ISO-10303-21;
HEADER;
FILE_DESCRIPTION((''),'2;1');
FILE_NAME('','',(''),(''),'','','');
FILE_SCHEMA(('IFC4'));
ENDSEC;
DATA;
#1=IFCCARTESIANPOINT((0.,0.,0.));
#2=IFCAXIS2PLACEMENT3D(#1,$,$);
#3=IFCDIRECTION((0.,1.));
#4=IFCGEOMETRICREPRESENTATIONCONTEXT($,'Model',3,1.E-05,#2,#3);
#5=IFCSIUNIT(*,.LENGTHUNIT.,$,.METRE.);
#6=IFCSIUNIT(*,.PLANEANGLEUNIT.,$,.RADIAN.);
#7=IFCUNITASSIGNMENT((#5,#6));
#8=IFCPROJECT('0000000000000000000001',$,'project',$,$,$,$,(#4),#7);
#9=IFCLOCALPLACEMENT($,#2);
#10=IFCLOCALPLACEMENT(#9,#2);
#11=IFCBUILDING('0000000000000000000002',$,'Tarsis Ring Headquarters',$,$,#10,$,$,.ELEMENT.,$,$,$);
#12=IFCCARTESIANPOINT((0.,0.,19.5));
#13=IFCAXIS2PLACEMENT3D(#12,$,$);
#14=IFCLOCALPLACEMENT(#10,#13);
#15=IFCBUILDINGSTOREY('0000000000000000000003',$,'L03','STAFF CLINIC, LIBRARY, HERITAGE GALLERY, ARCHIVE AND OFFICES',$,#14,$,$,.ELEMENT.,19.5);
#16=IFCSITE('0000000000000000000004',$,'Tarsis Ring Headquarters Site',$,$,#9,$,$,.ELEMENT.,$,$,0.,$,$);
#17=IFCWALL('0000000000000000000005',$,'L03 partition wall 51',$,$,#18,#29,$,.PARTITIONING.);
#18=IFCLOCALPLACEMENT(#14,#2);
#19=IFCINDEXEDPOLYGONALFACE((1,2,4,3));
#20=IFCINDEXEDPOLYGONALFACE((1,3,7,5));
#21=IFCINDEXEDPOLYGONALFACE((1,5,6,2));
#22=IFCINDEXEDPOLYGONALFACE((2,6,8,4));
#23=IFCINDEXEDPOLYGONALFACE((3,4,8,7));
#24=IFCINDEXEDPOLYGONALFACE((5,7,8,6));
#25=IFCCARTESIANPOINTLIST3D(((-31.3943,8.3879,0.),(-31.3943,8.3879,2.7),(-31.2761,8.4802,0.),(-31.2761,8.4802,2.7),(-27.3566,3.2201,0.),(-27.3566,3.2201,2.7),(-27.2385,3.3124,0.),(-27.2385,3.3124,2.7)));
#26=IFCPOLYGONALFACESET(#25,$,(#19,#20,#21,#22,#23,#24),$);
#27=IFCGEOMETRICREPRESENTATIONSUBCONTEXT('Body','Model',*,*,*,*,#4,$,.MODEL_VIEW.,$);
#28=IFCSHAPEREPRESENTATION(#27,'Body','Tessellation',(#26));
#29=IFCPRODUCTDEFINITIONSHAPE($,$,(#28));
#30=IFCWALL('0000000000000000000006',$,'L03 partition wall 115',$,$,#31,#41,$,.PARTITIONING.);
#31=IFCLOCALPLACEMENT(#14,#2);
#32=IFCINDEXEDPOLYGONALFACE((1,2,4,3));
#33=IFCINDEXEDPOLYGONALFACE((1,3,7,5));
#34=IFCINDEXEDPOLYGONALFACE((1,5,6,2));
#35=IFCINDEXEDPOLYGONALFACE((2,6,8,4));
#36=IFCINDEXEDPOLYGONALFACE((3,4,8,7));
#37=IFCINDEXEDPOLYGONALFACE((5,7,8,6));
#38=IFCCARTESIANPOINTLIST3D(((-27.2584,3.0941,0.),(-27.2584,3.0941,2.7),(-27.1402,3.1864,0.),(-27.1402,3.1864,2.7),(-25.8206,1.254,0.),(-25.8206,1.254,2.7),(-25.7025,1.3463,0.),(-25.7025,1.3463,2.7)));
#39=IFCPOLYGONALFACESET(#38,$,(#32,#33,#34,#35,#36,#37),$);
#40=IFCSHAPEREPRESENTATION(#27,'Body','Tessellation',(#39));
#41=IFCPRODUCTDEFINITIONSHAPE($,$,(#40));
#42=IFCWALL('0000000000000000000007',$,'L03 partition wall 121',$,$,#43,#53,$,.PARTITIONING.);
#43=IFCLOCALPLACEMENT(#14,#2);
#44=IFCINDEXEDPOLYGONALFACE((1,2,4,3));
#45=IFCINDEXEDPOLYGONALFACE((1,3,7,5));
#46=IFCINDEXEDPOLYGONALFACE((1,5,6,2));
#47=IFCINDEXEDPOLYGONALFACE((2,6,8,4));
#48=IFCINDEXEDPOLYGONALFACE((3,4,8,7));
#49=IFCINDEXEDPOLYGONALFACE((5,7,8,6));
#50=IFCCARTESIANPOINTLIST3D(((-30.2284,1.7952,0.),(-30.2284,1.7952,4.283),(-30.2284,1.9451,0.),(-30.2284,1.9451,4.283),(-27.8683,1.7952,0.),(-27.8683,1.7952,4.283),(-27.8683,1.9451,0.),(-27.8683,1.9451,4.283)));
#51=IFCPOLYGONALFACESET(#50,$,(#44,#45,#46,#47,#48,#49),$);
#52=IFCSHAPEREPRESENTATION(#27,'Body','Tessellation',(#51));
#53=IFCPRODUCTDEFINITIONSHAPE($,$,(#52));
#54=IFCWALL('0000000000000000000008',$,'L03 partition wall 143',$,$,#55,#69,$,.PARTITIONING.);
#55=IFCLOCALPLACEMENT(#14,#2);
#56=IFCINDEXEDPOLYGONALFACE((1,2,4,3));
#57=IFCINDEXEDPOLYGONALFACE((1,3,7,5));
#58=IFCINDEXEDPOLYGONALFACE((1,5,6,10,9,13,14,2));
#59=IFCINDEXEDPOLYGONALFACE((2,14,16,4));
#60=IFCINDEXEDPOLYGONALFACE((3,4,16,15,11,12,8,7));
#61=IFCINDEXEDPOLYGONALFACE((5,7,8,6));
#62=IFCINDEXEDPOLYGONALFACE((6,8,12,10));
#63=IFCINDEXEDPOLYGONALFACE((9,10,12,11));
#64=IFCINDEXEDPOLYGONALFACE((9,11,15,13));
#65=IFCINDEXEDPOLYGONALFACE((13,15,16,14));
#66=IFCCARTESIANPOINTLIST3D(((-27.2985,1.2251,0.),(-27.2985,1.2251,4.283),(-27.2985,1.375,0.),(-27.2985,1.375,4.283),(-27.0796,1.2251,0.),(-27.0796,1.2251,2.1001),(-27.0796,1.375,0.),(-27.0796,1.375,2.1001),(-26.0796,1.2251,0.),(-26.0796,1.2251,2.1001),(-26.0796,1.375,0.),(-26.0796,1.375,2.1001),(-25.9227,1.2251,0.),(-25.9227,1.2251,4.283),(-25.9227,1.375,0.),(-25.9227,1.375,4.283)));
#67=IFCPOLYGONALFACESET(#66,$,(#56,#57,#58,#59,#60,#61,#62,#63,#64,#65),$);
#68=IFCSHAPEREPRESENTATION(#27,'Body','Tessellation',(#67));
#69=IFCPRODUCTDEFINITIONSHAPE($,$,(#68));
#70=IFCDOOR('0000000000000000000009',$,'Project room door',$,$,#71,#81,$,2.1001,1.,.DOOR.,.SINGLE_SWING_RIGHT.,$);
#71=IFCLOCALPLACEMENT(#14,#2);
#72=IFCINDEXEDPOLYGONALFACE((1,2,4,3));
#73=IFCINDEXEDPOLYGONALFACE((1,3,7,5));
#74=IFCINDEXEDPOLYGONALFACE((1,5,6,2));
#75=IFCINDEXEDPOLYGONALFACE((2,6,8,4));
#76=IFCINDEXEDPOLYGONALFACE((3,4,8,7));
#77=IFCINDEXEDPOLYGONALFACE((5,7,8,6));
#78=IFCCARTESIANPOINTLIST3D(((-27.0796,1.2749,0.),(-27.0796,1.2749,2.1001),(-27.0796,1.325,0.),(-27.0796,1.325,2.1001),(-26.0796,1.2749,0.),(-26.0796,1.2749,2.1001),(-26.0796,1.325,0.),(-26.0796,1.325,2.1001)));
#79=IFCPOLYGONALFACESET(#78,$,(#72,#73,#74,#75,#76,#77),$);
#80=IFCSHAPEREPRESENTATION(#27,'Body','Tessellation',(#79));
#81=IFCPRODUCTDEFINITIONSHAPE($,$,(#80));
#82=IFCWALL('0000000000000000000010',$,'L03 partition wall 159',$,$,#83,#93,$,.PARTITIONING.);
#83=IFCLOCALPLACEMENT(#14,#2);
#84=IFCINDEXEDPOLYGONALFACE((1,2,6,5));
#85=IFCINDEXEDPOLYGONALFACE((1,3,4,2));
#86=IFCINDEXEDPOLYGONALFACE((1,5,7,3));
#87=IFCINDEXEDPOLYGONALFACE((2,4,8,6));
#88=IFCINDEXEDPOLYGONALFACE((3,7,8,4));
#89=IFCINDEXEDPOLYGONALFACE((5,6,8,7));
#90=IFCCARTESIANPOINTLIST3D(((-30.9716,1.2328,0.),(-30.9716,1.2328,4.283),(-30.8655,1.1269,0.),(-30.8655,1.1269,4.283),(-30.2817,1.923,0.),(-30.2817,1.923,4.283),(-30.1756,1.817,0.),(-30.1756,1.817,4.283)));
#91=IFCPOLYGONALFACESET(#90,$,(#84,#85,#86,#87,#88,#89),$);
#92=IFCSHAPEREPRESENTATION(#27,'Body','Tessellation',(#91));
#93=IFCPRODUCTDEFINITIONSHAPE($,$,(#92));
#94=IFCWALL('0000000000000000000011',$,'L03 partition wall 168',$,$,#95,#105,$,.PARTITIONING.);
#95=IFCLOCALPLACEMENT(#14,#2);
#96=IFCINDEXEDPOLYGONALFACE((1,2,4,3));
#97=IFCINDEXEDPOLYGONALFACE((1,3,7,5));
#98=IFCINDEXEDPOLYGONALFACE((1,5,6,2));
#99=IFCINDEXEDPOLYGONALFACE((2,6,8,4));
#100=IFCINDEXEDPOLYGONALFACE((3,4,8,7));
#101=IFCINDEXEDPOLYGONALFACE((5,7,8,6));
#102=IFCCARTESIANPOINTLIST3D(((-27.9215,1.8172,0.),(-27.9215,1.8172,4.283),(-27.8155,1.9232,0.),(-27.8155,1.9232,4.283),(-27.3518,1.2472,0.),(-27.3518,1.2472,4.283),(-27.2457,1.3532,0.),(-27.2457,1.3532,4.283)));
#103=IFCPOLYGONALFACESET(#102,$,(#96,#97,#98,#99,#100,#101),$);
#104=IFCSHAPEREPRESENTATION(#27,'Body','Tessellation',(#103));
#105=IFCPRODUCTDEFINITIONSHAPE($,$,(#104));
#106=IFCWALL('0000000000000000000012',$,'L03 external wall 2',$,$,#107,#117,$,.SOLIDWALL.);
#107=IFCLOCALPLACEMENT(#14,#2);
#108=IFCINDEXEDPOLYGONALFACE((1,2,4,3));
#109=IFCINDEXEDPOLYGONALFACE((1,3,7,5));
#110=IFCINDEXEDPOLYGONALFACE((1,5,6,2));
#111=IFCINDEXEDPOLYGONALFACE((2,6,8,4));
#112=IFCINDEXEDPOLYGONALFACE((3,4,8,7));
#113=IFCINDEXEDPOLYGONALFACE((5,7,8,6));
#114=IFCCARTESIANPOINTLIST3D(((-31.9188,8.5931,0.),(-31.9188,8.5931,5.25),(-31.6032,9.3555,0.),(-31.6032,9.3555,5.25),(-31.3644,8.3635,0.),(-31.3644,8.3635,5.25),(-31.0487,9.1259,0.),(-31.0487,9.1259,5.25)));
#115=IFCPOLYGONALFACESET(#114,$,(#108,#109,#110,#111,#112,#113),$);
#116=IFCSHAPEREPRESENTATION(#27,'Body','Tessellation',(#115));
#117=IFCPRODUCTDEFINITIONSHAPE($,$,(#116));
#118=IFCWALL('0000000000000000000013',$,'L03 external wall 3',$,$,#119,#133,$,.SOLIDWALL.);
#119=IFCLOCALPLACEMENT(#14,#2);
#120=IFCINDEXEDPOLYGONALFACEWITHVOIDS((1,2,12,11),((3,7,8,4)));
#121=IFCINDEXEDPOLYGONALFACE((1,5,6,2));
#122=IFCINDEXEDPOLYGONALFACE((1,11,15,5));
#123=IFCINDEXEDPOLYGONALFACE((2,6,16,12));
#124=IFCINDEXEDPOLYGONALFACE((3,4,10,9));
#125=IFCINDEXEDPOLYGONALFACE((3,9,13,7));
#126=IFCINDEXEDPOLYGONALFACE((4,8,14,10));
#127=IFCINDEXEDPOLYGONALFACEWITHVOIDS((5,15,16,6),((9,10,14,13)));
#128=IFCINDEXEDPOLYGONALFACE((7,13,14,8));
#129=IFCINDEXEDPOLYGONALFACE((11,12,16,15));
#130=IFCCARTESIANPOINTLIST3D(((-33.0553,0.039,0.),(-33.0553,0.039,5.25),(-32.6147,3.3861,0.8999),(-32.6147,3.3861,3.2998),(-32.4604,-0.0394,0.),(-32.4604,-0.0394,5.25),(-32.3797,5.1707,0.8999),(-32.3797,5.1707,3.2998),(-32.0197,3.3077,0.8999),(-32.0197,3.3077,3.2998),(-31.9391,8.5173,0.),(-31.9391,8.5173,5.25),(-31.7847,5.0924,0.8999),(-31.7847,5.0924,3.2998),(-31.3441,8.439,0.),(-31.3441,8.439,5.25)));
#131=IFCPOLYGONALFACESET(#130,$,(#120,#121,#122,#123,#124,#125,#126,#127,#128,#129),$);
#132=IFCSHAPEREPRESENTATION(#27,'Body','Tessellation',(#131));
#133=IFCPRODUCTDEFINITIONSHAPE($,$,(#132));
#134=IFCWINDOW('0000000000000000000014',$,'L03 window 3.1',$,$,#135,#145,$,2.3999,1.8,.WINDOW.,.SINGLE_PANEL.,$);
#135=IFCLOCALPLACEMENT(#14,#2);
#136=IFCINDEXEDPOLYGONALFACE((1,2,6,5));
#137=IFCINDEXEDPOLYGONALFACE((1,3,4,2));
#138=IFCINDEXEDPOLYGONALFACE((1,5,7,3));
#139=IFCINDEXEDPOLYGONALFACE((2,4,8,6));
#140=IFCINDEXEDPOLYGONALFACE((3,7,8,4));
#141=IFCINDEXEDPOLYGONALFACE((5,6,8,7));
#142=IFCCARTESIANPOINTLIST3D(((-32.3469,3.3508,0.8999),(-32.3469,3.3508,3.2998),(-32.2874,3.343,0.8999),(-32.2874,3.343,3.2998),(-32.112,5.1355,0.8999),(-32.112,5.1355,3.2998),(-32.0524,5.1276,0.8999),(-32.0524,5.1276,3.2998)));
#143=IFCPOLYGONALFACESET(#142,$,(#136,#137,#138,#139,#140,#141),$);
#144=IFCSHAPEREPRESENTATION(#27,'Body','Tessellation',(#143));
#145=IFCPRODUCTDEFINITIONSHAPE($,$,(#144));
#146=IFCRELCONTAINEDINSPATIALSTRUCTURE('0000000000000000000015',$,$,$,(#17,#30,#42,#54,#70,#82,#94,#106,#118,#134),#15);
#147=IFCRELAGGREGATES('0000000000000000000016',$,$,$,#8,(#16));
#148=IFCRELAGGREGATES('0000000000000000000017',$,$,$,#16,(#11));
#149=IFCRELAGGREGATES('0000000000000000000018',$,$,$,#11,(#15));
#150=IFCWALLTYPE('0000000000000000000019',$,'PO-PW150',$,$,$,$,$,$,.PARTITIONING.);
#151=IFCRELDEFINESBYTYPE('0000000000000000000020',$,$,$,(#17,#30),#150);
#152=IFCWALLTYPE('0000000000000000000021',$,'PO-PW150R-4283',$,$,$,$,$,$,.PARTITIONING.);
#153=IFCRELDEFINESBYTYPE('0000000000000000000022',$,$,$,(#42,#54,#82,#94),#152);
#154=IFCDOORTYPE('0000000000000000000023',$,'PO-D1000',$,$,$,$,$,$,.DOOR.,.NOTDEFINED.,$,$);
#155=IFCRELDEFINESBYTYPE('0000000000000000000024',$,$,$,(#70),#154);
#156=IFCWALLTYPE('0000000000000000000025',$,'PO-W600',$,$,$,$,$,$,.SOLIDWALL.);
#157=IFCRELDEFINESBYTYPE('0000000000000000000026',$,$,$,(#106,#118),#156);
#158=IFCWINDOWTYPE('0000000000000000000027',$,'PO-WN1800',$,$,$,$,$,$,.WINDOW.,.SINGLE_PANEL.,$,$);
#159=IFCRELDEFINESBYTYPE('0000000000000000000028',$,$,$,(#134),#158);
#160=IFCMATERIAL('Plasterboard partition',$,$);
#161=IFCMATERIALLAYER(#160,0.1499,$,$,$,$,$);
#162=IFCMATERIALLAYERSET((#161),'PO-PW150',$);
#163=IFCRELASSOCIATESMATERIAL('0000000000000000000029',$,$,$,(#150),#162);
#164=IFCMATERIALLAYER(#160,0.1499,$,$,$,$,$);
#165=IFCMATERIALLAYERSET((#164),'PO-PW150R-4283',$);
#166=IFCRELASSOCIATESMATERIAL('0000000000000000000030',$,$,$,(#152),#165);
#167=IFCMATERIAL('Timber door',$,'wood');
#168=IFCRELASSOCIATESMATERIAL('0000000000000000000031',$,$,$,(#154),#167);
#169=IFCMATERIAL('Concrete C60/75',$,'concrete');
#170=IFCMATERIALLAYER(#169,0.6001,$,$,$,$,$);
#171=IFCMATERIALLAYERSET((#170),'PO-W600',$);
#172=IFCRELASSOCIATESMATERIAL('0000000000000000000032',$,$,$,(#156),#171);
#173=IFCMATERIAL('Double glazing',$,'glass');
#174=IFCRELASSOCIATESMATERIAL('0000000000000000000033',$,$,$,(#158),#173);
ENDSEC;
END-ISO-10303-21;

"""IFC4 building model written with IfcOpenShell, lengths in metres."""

from ifc_helpers import new_model, si_unit, direction, frame, frame_2d, origin, place, context, subcontext, project, spatial, rectangle, extrude, material, layer, layer_set, type_object, element, fill, save


model = new_model("IFC4")

# Units and contexts
model_context = context("Model", 3, precision=1e-05, world=origin(), true_north=direction((0.0, 1.0)))
body_context = subcontext(model_context, "Body", "Model", "MODEL_VIEW")
ifc_project = project(units=[si_unit("LENGTHUNIT", "METRE"), si_unit("PLANEANGLEUNIT", "RADIAN")], contexts=[model_context])

# Site, building, storey
site_placement = place(None, origin())
site = spatial("IfcSite", under=ifc_project, at=site_placement, Name="Tarsis Ring Headquarters Site", CompositionType="ELEMENT", RefElevation=0.0)
building_placement = place(site_placement, origin())
building = spatial("IfcBuilding", under=site, at=building_placement, Name="Tarsis Ring Headquarters", CompositionType="ELEMENT")
storey_placement = place(building_placement, frame((0.0, 0.0, 19.5)))
storey = spatial("IfcBuildingStorey", under=building, at=storey_placement, Name="L03", Description="STAFF CLINIC, LIBRARY, HERITAGE GALLERY, ARCHIVE AND OFFICES", CompositionType="ELEMENT", Elevation=19.5)

# Shared definitions
ifc_material_1 = material(Name="Concrete C60/75", Category="concrete")

# Walls
ifc_material_2 = material(Name="Plasterboard partition")
ifc_layer_1 = layer(ifc_material_2, 0.1499)
ifc_layer_set_1 = layer_set([ifc_layer_1], Name="PO-PW150")
wall_type_1 = type_object("IfcWallType", Name="PO-PW150", PredefinedType="PARTITIONING", material=ifc_layer_set_1)
wall_1_placement = place(storey_placement, frame((-31.3352, 8.4341, 0.0), z_axis=(0.0, 0.0, 1.0), x_axis=(0.615674, -0.788001, 0.0)))
element("IfcWall", 1, at=wall_1_placement, inside=storey, type_object=wall_type_1, Name="L03 partition wall 51", PredefinedType="PARTITIONING", context=body_context, shape_type="SweptSolid", body=[
    extrude(rectangle(XDim=6.5581, YDim=0.1499, at=frame_2d((3.2791, 0.0))), origin(), (0.0, 0.0, 1.0), 2.7),
])
wall_2_placement = place(storey_placement, frame((-27.1992, 3.1401, 0.0), z_axis=(0.0, 0.0, 1.0), x_axis=(0.615691, -0.787988, 0.0)))
element("IfcWall", 2, at=wall_2_placement, inside=storey, type_object=wall_type_1, Name="L03 partition wall 115", PredefinedType="PARTITIONING", context=body_context, shape_type="SweptSolid", body=[
    extrude(rectangle(XDim=2.3352, YDim=0.1499, at=frame_2d((1.1675, 0.0))), origin(), (0.0, 0.0, 1.0), 2.7),
])
ifc_layer_2 = layer(ifc_material_2, 0.1499)
ifc_layer_set_2 = layer_set([ifc_layer_2], Name="PO-PW150R-4283")
wall_type_2 = type_object("IfcWallType", Name="PO-PW150R-4283", PredefinedType="PARTITIONING", material=ifc_layer_set_2)
wall_3_placement = place(storey_placement, frame((-30.2285, 1.8701, 0.0), z_axis=(0.0, 0.0, 1.0), x_axis=(1.0, 0.0, 0.0)))
element("IfcWall", 3, at=wall_3_placement, inside=storey, type_object=wall_type_2, Name="L03 partition wall 121", PredefinedType="PARTITIONING", context=body_context, shape_type="SweptSolid", body=[
    extrude(rectangle(XDim=2.3601, YDim=0.1499, at=frame_2d((1.1802, 0.0))), origin(), (0.0, 0.0, 1.0), 4.283),
])

# Wall, opening, door
wall_4_placement = place(storey_placement, frame((-27.2986, 1.3, 0.0), z_axis=(0.0, 0.0, 1.0), x_axis=(1.0, 0.0, 0.0)))
wall_4 = element("IfcWall", 4, at=wall_4_placement, inside=storey, type_object=wall_type_2, Name="L03 partition wall 143", PredefinedType="PARTITIONING", context=body_context, shape_type="SweptSolid", body=[
    extrude(rectangle(XDim=1.3757, YDim=0.1499, at=frame_2d((0.688, 0.0))), origin(), (0.0, 0.0, 1.0), 4.283),
])
opening_1_placement = place(wall_4_placement, frame((0.219, 0.0, 0.0)))
opening_1 = element("IfcOpeningElement", 5, at=opening_1_placement, cuts=wall_4, PredefinedType="OPENING", context=body_context, shape_type="SweptSolid", body=[
    extrude(rectangle(XDim=1.0, YDim=2.1001, at=frame_2d((0.5, 1.05))), frame((0.0, 0.085, 0.0), z_axis=(0.0, -1.0, 0.0), x_axis=(1.0, 0.0, 0.0)), (0.0, 0.0, 1.0), 0.1699),
])
ifc_material_3 = material(Name="Timber door", Category="wood")
door_type = type_object("IfcDoorType", Name="PO-D1000", OperationType="NOTDEFINED", PredefinedType="DOOR", material=ifc_material_3)
door_placement = place(opening_1_placement, origin())
door = element("IfcDoor", 6, at=door_placement, inside=storey, type_object=door_type, Name="Project room door", OperationType="SINGLE_SWING_RIGHT", OverallHeight=2.1001, OverallWidth=1.0, PredefinedType="DOOR", context=body_context, shape_type="SweptSolid", body=[
    extrude(rectangle(XDim=1.0, YDim=2.1001, at=frame_2d((0.5, 1.05))), frame((0.0, 0.0249, 0.0), z_axis=(0.0, -1.0, 0.0), x_axis=(1.0, 0.0, 0.0)), (0.0, 0.0, 1.0), 0.05),
])
fill(opening_1, door)

# Walls
wall_5_placement = place(storey_placement, frame((-30.9185, 1.1799, 0.0), z_axis=(0.0, 0.0, 1.0), x_axis=(0.706982, 0.707232, 0.0)))
element("IfcWall", 7, at=wall_5_placement, inside=storey, type_object=wall_type_2, Name="L03 partition wall 159", PredefinedType="PARTITIONING", context=body_context, shape_type="SweptSolid", body=[
    extrude(rectangle(XDim=0.9758, YDim=0.1499, at=frame_2d((0.4878, 0.0))), origin(), (0.0, 0.0, 1.0), 4.283),
])
wall_6_placement = place(storey_placement, frame((-27.8684, 1.8701, 0.0), z_axis=(0.0, 0.0, 1.0), x_axis=(0.706955, -0.707258, 0.0)))
element("IfcWall", 8, at=wall_6_placement, inside=storey, type_object=wall_type_2, Name="L03 partition wall 168", PredefinedType="PARTITIONING", context=body_context, shape_type="SweptSolid", body=[
    extrude(rectangle(XDim=0.8059, YDim=0.1499, at=frame_2d((0.4028, 0.0))), origin(), (0.0, 0.0, 1.0), 4.283),
])
ifc_layer_3 = layer(ifc_material_1, 0.6001)
ifc_layer_set_3 = layer_set([ifc_layer_3], Name="PO-W600")
wall_type_3 = type_object("IfcWallType", Name="PO-W600", PredefinedType="SOLIDWALL", material=ifc_layer_set_3)
wall_7_placement = place(storey_placement, frame((-31.3259, 9.2407, 0.0), z_axis=(0.0, 0.0, 1.0), x_axis=(-0.382535, -0.923941, 0.0)))
element("IfcWall", 9, at=wall_7_placement, inside=storey, type_object=wall_type_3, Name="L03 external wall 2", PredefinedType="SOLIDWALL", context=body_context, shape_type="SweptSolid", body=[
    extrude(rectangle(XDim=0.8252, YDim=0.6001, at=frame_2d((0.4126, 0.0))), origin(), (0.0, 0.0, 1.0), 5.25),
])

# Wall, opening, window
wall_8_placement = place(storey_placement, frame((-31.6416, 8.4783, 0.0), z_axis=(0.0, 0.0, 1.0), x_axis=(-0.130529, -0.991444, 0.0)))
wall_8 = element("IfcWall", 10, at=wall_8_placement, inside=storey, type_object=wall_type_3, Name="L03 external wall 3", PredefinedType="SOLIDWALL", context=body_context, shape_type="SweptSolid", body=[
    extrude(rectangle(XDim=8.5515, YDim=0.6001, at=frame_2d((4.2759, 0.0))), origin(), (0.0, 0.0, 1.0), 5.25),
])
opening_2_placement = place(wall_8_placement, frame((3.3757, 0.0, 0.8999)))
opening_2 = element("IfcOpeningElement", 11, at=opening_2_placement, cuts=wall_8, PredefinedType="OPENING", context=body_context, shape_type="SweptSolid", body=[
    extrude(rectangle(XDim=1.8, YDim=2.3999, at=frame_2d((0.8999, 1.2))), frame((0.0, 0.3101, 0.0), z_axis=(0.0, -1.0, 0.0), x_axis=(1.0, 0.0, 0.0)), (0.0, 0.0, 1.0), 0.6201),
])
ifc_material_4 = material(Name="Double glazing", Category="glass")
window_type = type_object("IfcWindowType", Name="PO-WN1800", PartitioningType="SINGLE_PANEL", PredefinedType="WINDOW", material=ifc_material_4)
window_placement = place(opening_2_placement, origin())
window = element("IfcWindow", 12, at=window_placement, inside=storey, type_object=window_type, Name="L03 window 3.1", OverallHeight=2.3999, OverallWidth=1.8, PartitioningType="SINGLE_PANEL", PredefinedType="WINDOW", context=body_context, shape_type="SweptSolid", body=[
    extrude(rectangle(XDim=1.8, YDim=2.3999, at=frame_2d((0.8999, 1.2))), frame((0.0, 0.03, 0.0), z_axis=(0.0, -1.0, 0.0), x_axis=(1.0, 0.0, 0.0)), (0.0, 0.0, 1.0), 0.0601),
])
fill(opening_2, window)

save(model, "model.ifc")
